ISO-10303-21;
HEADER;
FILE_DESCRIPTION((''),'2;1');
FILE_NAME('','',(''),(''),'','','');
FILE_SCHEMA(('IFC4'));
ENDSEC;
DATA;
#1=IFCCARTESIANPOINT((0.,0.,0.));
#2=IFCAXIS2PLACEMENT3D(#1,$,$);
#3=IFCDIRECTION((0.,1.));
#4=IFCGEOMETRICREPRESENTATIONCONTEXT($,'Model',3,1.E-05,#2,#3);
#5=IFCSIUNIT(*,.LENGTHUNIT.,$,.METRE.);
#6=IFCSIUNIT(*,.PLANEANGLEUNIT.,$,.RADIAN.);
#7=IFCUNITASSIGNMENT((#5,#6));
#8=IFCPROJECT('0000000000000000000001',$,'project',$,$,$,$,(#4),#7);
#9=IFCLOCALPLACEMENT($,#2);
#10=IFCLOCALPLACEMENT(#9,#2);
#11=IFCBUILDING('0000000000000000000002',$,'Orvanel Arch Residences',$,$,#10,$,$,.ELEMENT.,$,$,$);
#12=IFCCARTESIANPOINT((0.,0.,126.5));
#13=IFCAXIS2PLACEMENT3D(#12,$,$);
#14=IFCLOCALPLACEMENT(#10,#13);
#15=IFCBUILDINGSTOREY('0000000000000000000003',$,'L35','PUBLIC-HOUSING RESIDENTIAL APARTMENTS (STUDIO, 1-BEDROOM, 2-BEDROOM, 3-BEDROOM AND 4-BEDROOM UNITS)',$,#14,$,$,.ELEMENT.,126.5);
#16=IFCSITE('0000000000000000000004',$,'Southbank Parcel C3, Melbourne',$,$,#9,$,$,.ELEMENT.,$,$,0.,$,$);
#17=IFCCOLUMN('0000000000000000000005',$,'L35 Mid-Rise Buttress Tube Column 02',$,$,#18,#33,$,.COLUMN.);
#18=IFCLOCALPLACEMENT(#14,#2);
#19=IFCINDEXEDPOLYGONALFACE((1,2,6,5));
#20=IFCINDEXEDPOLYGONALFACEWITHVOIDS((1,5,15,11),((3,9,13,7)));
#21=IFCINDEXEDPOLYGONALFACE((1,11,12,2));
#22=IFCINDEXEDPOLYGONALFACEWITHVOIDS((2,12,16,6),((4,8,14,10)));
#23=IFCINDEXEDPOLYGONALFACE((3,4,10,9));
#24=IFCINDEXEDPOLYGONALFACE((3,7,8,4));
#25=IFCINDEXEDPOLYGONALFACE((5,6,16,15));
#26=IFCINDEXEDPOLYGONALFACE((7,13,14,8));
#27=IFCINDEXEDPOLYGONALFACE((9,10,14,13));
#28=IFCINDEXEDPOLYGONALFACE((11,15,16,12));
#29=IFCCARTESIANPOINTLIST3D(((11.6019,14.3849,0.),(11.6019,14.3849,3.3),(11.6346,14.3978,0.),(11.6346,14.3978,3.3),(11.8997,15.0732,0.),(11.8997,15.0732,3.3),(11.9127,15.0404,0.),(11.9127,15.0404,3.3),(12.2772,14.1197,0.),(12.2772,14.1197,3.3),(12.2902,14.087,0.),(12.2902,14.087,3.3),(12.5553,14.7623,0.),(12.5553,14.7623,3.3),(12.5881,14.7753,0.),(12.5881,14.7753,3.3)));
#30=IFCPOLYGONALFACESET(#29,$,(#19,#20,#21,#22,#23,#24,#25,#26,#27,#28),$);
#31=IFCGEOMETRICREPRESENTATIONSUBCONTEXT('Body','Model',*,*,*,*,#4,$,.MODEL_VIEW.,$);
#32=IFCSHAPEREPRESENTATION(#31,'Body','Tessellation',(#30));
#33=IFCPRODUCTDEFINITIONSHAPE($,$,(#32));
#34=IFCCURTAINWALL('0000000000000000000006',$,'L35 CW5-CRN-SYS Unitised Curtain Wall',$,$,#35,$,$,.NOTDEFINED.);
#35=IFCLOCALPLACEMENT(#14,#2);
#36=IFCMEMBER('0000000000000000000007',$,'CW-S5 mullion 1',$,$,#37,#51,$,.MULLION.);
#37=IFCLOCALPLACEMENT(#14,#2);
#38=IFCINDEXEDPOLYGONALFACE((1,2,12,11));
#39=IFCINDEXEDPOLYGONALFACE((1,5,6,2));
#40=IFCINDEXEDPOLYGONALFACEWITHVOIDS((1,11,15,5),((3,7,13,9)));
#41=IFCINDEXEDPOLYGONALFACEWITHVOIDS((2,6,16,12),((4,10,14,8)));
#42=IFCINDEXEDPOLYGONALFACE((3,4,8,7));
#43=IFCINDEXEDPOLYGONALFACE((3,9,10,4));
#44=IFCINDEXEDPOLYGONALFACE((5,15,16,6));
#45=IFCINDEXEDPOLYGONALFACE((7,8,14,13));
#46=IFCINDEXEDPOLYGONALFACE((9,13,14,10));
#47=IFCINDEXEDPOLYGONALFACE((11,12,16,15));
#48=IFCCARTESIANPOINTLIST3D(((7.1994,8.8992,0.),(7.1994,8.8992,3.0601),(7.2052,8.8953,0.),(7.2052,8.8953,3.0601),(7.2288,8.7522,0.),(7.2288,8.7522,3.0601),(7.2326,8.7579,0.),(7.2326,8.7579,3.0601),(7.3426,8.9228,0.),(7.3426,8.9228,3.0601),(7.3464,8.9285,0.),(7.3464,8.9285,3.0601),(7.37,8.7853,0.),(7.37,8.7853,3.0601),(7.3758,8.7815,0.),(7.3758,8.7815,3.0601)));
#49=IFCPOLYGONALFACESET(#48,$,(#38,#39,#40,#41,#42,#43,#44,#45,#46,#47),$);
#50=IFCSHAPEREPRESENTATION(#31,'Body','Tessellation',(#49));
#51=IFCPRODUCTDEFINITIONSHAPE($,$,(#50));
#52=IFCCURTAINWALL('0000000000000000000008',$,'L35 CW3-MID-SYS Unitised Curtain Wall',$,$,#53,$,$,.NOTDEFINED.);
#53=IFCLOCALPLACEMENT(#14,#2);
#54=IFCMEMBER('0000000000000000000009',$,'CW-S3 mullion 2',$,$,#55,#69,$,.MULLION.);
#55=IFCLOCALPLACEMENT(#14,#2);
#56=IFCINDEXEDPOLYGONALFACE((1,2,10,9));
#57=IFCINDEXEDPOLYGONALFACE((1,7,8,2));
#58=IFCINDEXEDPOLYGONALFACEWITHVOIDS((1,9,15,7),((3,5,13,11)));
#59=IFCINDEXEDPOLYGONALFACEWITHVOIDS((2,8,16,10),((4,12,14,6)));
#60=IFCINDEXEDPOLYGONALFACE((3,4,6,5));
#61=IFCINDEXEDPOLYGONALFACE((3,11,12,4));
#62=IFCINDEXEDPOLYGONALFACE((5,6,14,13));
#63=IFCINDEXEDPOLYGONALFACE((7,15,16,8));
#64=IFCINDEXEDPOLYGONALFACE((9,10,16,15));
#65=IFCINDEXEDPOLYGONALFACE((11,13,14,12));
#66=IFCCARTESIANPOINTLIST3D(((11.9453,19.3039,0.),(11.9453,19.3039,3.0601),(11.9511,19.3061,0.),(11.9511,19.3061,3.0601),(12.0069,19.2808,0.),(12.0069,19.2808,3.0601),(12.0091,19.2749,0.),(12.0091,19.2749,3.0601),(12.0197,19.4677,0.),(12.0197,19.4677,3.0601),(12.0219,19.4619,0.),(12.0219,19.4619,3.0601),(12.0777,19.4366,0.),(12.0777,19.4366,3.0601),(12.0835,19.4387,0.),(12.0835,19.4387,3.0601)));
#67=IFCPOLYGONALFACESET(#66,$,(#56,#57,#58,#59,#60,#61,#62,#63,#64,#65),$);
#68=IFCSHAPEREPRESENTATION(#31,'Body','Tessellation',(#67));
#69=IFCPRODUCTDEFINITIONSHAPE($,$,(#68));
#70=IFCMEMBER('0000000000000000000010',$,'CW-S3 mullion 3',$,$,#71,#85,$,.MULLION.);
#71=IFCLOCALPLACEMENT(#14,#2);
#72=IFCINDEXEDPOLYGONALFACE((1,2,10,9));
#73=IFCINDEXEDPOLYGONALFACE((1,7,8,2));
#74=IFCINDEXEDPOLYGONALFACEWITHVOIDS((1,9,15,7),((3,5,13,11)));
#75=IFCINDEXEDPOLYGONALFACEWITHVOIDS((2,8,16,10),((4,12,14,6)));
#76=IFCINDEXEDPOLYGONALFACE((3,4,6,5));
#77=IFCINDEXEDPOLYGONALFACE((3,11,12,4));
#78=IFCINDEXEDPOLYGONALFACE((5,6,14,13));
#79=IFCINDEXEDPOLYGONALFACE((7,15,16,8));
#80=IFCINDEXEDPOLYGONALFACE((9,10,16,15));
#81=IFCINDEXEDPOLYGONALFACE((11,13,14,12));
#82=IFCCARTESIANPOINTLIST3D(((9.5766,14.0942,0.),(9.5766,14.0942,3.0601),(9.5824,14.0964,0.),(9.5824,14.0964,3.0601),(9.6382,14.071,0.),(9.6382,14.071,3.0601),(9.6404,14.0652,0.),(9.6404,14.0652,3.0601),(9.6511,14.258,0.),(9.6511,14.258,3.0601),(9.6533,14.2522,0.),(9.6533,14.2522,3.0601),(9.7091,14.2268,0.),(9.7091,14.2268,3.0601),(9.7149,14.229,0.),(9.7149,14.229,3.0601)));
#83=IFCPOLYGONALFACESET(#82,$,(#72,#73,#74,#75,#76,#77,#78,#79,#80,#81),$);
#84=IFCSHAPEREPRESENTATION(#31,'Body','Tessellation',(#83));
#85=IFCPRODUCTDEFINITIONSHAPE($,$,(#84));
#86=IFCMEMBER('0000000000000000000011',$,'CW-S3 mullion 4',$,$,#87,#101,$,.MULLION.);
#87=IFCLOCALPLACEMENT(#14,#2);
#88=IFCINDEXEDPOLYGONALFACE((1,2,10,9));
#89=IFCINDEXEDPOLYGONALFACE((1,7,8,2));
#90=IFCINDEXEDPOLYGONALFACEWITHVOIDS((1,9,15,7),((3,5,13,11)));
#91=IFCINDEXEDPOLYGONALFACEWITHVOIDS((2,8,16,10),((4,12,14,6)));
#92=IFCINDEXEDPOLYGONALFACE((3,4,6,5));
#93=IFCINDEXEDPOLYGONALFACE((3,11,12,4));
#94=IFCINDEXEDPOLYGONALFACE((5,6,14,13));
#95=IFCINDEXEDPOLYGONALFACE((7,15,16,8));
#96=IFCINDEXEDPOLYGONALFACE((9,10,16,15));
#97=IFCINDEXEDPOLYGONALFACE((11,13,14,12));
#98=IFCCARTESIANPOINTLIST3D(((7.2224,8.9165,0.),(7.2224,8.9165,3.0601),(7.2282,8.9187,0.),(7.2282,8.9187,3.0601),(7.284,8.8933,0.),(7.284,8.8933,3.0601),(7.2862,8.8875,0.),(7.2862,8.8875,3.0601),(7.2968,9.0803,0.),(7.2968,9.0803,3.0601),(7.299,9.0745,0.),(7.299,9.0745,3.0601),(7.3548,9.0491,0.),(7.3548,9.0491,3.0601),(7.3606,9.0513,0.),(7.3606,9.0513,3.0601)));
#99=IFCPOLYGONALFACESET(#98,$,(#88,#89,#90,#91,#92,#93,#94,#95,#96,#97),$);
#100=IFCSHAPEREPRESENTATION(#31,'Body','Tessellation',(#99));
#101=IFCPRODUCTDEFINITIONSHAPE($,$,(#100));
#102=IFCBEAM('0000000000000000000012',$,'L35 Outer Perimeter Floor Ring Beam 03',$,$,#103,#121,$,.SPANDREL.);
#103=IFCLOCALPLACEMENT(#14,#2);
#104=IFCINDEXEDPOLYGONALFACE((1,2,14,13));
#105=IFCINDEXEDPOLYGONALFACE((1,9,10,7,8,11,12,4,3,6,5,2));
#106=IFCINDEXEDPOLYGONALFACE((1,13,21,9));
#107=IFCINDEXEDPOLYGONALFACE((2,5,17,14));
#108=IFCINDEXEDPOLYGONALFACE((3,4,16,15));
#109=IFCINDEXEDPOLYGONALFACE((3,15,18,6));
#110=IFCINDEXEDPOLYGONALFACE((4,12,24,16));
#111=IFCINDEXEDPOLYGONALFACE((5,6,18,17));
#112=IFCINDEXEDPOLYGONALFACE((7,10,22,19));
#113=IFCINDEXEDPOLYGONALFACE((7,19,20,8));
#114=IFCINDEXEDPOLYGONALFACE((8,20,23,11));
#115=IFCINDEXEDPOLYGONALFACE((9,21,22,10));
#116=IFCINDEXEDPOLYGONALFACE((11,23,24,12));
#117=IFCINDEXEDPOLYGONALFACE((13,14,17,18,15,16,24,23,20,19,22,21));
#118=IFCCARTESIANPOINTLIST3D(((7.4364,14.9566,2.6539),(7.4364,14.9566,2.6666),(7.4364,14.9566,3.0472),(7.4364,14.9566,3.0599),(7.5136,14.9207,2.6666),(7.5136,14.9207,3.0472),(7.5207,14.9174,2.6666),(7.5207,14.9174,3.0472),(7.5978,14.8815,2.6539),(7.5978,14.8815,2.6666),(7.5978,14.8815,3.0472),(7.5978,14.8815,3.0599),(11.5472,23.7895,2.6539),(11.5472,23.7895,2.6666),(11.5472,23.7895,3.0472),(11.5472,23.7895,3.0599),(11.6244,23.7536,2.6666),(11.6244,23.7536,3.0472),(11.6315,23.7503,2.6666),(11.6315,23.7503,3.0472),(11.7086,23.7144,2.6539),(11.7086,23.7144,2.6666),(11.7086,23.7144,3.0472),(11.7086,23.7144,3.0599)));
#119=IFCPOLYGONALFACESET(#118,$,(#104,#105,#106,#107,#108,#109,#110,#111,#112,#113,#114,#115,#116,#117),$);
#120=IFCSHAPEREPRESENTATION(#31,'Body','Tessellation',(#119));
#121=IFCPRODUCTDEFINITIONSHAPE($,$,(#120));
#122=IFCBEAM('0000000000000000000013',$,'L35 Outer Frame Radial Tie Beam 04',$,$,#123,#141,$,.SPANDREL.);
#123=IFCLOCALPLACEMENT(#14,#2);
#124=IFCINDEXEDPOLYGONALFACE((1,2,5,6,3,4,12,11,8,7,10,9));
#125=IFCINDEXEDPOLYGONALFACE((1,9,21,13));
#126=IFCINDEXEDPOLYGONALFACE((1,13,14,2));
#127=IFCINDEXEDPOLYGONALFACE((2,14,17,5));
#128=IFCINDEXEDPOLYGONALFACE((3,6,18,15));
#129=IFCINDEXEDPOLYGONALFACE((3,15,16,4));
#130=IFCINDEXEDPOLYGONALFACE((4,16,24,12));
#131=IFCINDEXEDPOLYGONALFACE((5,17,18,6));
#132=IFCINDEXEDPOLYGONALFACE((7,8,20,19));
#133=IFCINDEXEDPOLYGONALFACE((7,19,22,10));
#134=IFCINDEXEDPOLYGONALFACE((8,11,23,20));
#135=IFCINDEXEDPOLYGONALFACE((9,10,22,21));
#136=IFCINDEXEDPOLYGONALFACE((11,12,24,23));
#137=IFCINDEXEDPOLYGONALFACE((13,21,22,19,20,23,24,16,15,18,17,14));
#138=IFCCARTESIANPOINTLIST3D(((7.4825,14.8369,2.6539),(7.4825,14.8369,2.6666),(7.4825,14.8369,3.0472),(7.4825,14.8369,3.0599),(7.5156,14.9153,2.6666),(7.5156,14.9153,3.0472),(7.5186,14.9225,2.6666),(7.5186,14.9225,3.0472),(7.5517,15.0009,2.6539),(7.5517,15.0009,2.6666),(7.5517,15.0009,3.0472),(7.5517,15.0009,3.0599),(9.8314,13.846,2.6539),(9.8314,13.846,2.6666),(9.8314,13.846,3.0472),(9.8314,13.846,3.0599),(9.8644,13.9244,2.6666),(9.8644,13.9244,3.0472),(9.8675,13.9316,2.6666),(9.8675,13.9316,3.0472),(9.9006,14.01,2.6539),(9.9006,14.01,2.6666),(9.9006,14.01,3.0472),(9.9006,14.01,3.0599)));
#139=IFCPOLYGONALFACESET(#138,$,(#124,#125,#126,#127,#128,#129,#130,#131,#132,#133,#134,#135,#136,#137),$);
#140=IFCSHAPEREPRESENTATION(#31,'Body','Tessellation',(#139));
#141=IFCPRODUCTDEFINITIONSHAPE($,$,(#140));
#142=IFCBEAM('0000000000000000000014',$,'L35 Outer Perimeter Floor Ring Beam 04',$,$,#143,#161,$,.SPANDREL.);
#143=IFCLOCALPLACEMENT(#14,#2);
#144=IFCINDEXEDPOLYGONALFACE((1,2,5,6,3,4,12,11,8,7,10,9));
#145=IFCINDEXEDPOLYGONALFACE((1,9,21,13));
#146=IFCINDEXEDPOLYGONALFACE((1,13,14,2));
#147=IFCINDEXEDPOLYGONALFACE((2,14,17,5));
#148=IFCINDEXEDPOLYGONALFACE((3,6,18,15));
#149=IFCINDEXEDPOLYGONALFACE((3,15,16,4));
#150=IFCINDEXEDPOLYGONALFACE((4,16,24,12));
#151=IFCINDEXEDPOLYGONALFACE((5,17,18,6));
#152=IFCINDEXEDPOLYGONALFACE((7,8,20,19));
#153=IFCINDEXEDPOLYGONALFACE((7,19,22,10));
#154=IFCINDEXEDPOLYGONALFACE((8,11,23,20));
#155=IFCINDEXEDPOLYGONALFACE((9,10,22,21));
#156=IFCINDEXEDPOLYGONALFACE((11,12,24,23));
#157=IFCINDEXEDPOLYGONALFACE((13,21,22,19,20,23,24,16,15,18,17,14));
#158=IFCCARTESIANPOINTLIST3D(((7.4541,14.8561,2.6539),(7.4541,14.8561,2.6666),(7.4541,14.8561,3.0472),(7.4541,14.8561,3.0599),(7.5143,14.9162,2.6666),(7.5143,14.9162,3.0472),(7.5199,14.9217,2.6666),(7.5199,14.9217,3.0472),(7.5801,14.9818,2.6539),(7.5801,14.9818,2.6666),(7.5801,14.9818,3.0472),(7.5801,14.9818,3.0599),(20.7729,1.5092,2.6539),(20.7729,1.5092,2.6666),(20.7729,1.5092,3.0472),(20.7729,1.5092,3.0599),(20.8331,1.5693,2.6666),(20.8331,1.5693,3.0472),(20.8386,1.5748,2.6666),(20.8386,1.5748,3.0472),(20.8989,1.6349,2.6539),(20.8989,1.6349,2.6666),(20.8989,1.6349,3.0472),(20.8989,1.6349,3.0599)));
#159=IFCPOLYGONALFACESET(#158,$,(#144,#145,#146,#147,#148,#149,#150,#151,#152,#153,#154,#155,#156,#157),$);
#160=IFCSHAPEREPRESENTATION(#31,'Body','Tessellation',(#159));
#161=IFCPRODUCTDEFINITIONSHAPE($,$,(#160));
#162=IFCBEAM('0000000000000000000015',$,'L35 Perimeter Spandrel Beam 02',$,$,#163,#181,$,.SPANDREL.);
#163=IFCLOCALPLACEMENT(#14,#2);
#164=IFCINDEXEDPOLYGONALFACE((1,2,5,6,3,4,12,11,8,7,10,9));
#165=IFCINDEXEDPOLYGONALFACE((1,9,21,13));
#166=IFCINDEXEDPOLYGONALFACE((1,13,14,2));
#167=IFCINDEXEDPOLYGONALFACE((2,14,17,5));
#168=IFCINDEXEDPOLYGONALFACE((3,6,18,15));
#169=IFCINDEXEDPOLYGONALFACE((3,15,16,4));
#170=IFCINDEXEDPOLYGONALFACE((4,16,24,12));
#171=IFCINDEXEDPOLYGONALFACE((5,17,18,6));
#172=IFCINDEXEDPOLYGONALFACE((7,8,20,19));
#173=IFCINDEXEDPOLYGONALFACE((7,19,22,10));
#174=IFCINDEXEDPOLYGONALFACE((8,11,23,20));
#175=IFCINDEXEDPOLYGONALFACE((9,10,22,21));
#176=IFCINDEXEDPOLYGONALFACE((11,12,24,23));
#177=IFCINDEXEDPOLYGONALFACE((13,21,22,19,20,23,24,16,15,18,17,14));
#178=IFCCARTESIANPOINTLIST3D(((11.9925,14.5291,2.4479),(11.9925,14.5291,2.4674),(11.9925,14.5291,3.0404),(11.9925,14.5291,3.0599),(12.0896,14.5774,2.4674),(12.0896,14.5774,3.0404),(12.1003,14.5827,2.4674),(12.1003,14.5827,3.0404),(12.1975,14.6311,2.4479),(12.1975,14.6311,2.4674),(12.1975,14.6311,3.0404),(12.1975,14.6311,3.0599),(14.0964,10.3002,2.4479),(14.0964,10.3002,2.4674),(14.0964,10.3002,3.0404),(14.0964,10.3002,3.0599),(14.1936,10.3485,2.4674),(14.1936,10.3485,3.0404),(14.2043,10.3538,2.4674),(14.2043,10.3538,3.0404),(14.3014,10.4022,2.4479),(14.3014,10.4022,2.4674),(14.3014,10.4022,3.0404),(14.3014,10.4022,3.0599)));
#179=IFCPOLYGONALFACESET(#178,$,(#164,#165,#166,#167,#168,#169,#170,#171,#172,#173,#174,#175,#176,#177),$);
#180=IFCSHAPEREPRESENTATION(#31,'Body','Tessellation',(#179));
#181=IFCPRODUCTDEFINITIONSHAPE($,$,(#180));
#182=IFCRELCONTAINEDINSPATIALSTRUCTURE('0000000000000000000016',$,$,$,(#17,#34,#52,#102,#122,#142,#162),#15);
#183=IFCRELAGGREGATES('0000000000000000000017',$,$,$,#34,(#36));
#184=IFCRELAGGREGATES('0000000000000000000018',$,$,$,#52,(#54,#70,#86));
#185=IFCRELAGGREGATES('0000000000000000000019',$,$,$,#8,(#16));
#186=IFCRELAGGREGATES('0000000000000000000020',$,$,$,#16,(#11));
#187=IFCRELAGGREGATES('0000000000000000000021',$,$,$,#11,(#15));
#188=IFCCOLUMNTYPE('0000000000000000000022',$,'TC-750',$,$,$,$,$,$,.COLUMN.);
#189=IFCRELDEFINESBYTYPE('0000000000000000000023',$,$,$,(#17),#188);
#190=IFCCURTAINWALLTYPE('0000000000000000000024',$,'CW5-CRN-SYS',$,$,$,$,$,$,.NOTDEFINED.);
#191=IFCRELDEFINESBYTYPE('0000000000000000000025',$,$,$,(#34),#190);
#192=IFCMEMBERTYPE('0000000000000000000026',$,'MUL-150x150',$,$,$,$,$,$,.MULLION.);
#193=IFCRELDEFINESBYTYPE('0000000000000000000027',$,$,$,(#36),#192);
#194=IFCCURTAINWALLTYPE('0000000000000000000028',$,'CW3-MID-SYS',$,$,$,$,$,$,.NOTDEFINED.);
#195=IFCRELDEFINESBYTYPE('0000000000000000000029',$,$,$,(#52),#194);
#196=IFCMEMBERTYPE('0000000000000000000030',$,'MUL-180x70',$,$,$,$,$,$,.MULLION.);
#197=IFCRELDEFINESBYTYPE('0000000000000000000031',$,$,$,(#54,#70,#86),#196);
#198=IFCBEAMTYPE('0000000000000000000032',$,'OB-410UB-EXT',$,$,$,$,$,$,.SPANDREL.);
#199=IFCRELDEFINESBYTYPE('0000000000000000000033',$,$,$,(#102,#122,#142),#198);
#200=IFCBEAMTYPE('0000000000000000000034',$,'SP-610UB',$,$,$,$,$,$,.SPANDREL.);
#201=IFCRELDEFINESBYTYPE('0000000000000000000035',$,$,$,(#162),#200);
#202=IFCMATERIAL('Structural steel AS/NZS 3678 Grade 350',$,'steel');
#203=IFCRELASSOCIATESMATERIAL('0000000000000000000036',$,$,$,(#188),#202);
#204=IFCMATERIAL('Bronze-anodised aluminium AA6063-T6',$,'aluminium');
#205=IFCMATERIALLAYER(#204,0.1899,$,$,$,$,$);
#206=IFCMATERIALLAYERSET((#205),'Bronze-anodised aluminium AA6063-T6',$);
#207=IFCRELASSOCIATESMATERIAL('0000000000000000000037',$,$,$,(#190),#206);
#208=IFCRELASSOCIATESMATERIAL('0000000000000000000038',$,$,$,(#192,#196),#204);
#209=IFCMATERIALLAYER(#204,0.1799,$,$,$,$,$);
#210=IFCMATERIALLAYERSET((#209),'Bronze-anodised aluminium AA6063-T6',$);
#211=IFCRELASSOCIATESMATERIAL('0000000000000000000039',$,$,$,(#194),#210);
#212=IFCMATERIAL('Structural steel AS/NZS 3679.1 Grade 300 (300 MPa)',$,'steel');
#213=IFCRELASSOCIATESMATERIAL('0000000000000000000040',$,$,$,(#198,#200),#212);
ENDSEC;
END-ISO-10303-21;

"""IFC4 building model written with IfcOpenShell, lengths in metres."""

from ifc_helpers import new_model, si_unit, direction, frame, origin, origin_2d, place, context, subcontext, project, spatial, hollow_rectangle, i_section, extrude, material, layer, layer_set, material_profile, profile_set, type_object, element, aggregate, save


model = new_model("IFC4")

# Units and contexts
model_context = context("Model", 3, precision=1e-05, world=origin(), true_north=direction((0.0, 1.0)))
body_context = subcontext(model_context, "Body", "Model", "MODEL_VIEW")
ifc_project = project(units=[si_unit("LENGTHUNIT", "METRE"), si_unit("PLANEANGLEUNIT", "RADIAN")], contexts=[model_context])

# Site, building, storey
site_placement = place(None, origin())
site = spatial("IfcSite", under=ifc_project, at=site_placement, Name="Southbank Parcel C3, Melbourne", CompositionType="ELEMENT", RefElevation=0.0)
building_placement = place(site_placement, origin())
building = spatial("IfcBuilding", under=site, at=building_placement, Name="Orvanel Arch Residences", CompositionType="ELEMENT")
storey_placement = place(building_placement, frame((0.0, 0.0, 126.5)))
storey = spatial("IfcBuildingStorey", under=building, at=storey_placement, Name="L35", Description="PUBLIC-HOUSING RESIDENTIAL APARTMENTS (STUDIO, 1-BEDROOM, 2-BEDROOM, 3-BEDROOM AND 4-BEDROOM UNITS)", CompositionType="ELEMENT", Elevation=126.5)

# Column
ifc_material_1 = material(Name="Structural steel AS/NZS 3678 Grade 350", Category="steel")
ifc_material_profile_1 = material_profile(ifc_material_1, hollow_rectangle(XDim=0.75, YDim=0.75, WallThickness=0.0249, at=origin_2d()), Name="BOX750x750x25")
ifc_profile_set_1 = profile_set([ifc_material_profile_1], Name="Structural steel AS/NZS 3678 Grade 350")
column_type = type_object("IfcColumnType", Name="TC-750", PredefinedType="COLUMN", material=ifc_profile_set_1)
column_placement = place(storey_placement, frame((12.095, 14.5801, 0.0), z_axis=(0.0, 0.0, 1.0), x_axis=(0.397148, 0.917755, 0.0)))
element("IfcColumn", 1, at=column_placement, inside=storey, type_object=column_type, Name="L35 Mid-Rise Buttress Tube Column 02", PredefinedType="COLUMN", context=body_context, shape_type="SweptSolid", body=[
    extrude(hollow_rectangle(XDim=0.75, YDim=0.75, WallThickness=0.0249, at=origin_2d()), origin(), (0.0, 0.0, 1.0), 3.3),
])

# Curtain wall, member
ifc_material_2 = material(Name="Bronze-anodised aluminium AA6063-T6", Category="aluminium")
ifc_layer_1 = layer(ifc_material_2, 0.1899)
ifc_layer_set_1 = layer_set([ifc_layer_1], Name="Bronze-anodised aluminium AA6063-T6")
curtain_wall_type_1 = type_object("IfcCurtainWallType", Name="CW5-CRN-SYS", PredefinedType="NOTDEFINED", material=ifc_layer_set_1)
curtain_wall_1_placement = place(storey_placement, origin())
curtain_wall_1 = element("IfcCurtainWall", 2, at=curtain_wall_1_placement, inside=storey, type_object=curtain_wall_type_1, Name="L35 CW5-CRN-SYS Unitised Curtain Wall", PredefinedType="NOTDEFINED")
ifc_material_profile_2 = material_profile(ifc_material_2, hollow_rectangle(XDim=0.1499, YDim=0.1499, WallThickness=0.0049, at=origin_2d()), Name="ALU150x150x5")
ifc_profile_set_2 = profile_set([ifc_material_profile_2], Name="Bronze-anodised aluminium AA6063-T6")
member_type_1 = type_object("IfcMemberType", Name="MUL-150x150", PredefinedType="MULLION", material=ifc_profile_set_2)
member_1_placement = place(storey_placement, frame((7.2876, 8.8403, 0.0), z_axis=(0.0, 0.0, 1.0), x_axis=(0.980644, 0.195798, 0.0)))
member_1 = element("IfcMember", 3, at=member_1_placement, type_object=member_type_1, Name="CW-S5 mullion 1", PredefinedType="MULLION", context=body_context, shape_type="SweptSolid", body=[
    extrude(hollow_rectangle(XDim=0.1499, YDim=0.1499, WallThickness=0.0049, at=origin_2d()), origin(), (0.0, 0.0, 1.0), 3.0601),
])
aggregate(curtain_wall_1, [member_1])

# Curtain wall, members
ifc_layer_2 = layer(ifc_material_2, 0.1799)
ifc_layer_set_2 = layer_set([ifc_layer_2], Name="Bronze-anodised aluminium AA6063-T6")
curtain_wall_type_2 = type_object("IfcCurtainWallType", Name="CW3-MID-SYS", PredefinedType="NOTDEFINED", material=ifc_layer_set_2)
curtain_wall_2_placement = place(storey_placement, origin())
curtain_wall_2 = element("IfcCurtainWall", 4, at=curtain_wall_2_placement, inside=storey, type_object=curtain_wall_type_2, Name="L35 CW3-MID-SYS Unitised Curtain Wall", PredefinedType="NOTDEFINED")
ifc_material_profile_3 = material_profile(ifc_material_2, hollow_rectangle(XDim=0.0701, YDim=0.1799, WallThickness=0.0044, at=origin_2d()), Name="ALU180x70x4.5")
ifc_profile_set_3 = profile_set([ifc_material_profile_3], Name="Bronze-anodised aluminium AA6063-T6")
member_type_2 = type_object("IfcMemberType", Name="MUL-180x70", PredefinedType="MULLION", material=ifc_profile_set_3)
member_2_placement = place(storey_placement, frame((12.0144, 19.3713, 0.0), z_axis=(0.0, 0.0, 1.0), x_axis=(0.910325, -0.413895, 0.0)))
member_2 = element("IfcMember", 5, at=member_2_placement, type_object=member_type_2, Name="CW-S3 mullion 2", PredefinedType="MULLION", context=body_context, shape_type="SweptSolid", body=[
    extrude(hollow_rectangle(XDim=0.0701, YDim=0.1799, WallThickness=0.0044, at=origin_2d()), origin(), (0.0, 0.0, 1.0), 3.0601),
])
member_3_placement = place(storey_placement, frame((9.6458, 14.1616, 0.0), z_axis=(0.0, 0.0, 1.0), x_axis=(0.910325, -0.413895, 0.0)))
member_3 = element("IfcMember", 6, at=member_3_placement, type_object=member_type_2, Name="CW-S3 mullion 3", PredefinedType="MULLION", context=body_context, shape_type="SweptSolid", body=[
    extrude(hollow_rectangle(XDim=0.0701, YDim=0.1799, WallThickness=0.0044, at=origin_2d()), origin(), (0.0, 0.0, 1.0), 3.0601),
])
member_4_placement = place(storey_placement, frame((7.2915, 8.9839, 0.0), z_axis=(0.0, 0.0, 1.0), x_axis=(0.910325, -0.413895, 0.0)))
member_4 = element("IfcMember", 7, at=member_4_placement, type_object=member_type_2, Name="CW-S3 mullion 4", PredefinedType="MULLION", context=body_context, shape_type="SweptSolid", body=[
    extrude(hollow_rectangle(XDim=0.0701, YDim=0.1799, WallThickness=0.0044, at=origin_2d()), origin(), (0.0, 0.0, 1.0), 3.0601),
])

# Beams
ifc_material_3 = material(Name="Structural steel AS/NZS 3679.1 Grade 300 (300 MPa)", Category="steel")
ifc_material_profile_4 = material_profile(ifc_material_3, i_section(OverallWidth=0.178, OverallDepth=0.406, WebThickness=0.0078, FlangeThickness=0.0127, at=origin_2d()), Name="410UB59.7")
ifc_profile_set_4 = profile_set([ifc_material_profile_4], Name="Structural steel AS/NZS 3679.1 Grade 300 (300 MPa)")
beam_type_1 = type_object("IfcBeamType", Name="OB-410UB-EXT", PredefinedType="SPANDREL", material=ifc_profile_set_4)
beam_1_placement = place(storey_placement, frame((11.6279, 23.752, 2.8569), z_axis=(-0.421939, -0.906624, 0.0), x_axis=(0.906624, -0.421939, 0.0)))
element("IfcBeam", 8, at=beam_1_placement, inside=storey, type_object=beam_type_1, Name="L35 Outer Perimeter Floor Ring Beam 03", PredefinedType="SPANDREL", context=body_context, shape_type="SweptSolid", body=[
    extrude(i_section(OverallWidth=0.178, OverallDepth=0.406, WebThickness=0.0078, FlangeThickness=0.0127, at=origin_2d()), origin(), (0.0, 0.0, 1.0), 9.7427),
])
beam_2_placement = place(storey_placement, frame((9.866, 13.928, 2.8569), z_axis=(-0.921359, 0.388712, 0.0), x_axis=(-0.388712, -0.921359, 0.0)))
element("IfcBeam", 9, at=beam_2_placement, inside=storey, type_object=beam_type_1, Name="L35 Outer Frame Radial Tie Beam 04", PredefinedType="SPANDREL", context=body_context, shape_type="SweptSolid", body=[
    extrude(i_section(OverallWidth=0.178, OverallDepth=0.406, WebThickness=0.0078, FlangeThickness=0.0127, at=origin_2d()), origin(), (0.0, 0.0, 1.0), 2.5493),
])
beam_3_placement = place(storey_placement, frame((7.5171, 14.9189, 2.8569), z_axis=(0.706362, -0.707851, 0.0), x_axis=(0.707851, 0.706362, 0.0)))
element("IfcBeam", 10, at=beam_3_placement, inside=storey, type_object=beam_type_1, Name="L35 Outer Perimeter Floor Ring Beam 04", PredefinedType="SPANDREL", context=body_context, shape_type="SweptSolid", body=[
    extrude(i_section(OverallWidth=0.178, OverallDepth=0.406, WebThickness=0.0078, FlangeThickness=0.0127, at=origin_2d()), origin(), (0.0, 0.0, 1.0), 18.8555),
])
ifc_material_profile_5 = material_profile(ifc_material_3, i_section(OverallWidth=0.229, OverallDepth=0.6121, WebThickness=0.012, FlangeThickness=0.0195, at=origin_2d()), Name="610UB125")
ifc_profile_set_5 = profile_set([ifc_material_profile_5], Name="Structural steel AS/NZS 3679.1 Grade 300 (300 MPa)")
beam_type_2 = type_object("IfcBeamType", Name="SP-610UB", PredefinedType="SPANDREL", material=ifc_profile_set_5)
beam_4_placement = place(storey_placement, frame((12.095, 14.5801, 2.7539), z_axis=(0.445435, -0.895314, 0.0), x_axis=(0.895314, 0.445435, 0.0)))
element("IfcBeam", 11, at=beam_4_placement, inside=storey, type_object=beam_type_2, Name="L35 Perimeter Spandrel Beam 02", PredefinedType="SPANDREL", context=body_context, shape_type="SweptSolid", body=[
    extrude(i_section(OverallWidth=0.229, OverallDepth=0.6121, WebThickness=0.012, FlangeThickness=0.0195, at=origin_2d()), origin(), (0.0, 0.0, 1.0), 4.7234),
])

aggregate(curtain_wall_2, [member_2, member_3, member_4])

save(model, "model.ifc")
